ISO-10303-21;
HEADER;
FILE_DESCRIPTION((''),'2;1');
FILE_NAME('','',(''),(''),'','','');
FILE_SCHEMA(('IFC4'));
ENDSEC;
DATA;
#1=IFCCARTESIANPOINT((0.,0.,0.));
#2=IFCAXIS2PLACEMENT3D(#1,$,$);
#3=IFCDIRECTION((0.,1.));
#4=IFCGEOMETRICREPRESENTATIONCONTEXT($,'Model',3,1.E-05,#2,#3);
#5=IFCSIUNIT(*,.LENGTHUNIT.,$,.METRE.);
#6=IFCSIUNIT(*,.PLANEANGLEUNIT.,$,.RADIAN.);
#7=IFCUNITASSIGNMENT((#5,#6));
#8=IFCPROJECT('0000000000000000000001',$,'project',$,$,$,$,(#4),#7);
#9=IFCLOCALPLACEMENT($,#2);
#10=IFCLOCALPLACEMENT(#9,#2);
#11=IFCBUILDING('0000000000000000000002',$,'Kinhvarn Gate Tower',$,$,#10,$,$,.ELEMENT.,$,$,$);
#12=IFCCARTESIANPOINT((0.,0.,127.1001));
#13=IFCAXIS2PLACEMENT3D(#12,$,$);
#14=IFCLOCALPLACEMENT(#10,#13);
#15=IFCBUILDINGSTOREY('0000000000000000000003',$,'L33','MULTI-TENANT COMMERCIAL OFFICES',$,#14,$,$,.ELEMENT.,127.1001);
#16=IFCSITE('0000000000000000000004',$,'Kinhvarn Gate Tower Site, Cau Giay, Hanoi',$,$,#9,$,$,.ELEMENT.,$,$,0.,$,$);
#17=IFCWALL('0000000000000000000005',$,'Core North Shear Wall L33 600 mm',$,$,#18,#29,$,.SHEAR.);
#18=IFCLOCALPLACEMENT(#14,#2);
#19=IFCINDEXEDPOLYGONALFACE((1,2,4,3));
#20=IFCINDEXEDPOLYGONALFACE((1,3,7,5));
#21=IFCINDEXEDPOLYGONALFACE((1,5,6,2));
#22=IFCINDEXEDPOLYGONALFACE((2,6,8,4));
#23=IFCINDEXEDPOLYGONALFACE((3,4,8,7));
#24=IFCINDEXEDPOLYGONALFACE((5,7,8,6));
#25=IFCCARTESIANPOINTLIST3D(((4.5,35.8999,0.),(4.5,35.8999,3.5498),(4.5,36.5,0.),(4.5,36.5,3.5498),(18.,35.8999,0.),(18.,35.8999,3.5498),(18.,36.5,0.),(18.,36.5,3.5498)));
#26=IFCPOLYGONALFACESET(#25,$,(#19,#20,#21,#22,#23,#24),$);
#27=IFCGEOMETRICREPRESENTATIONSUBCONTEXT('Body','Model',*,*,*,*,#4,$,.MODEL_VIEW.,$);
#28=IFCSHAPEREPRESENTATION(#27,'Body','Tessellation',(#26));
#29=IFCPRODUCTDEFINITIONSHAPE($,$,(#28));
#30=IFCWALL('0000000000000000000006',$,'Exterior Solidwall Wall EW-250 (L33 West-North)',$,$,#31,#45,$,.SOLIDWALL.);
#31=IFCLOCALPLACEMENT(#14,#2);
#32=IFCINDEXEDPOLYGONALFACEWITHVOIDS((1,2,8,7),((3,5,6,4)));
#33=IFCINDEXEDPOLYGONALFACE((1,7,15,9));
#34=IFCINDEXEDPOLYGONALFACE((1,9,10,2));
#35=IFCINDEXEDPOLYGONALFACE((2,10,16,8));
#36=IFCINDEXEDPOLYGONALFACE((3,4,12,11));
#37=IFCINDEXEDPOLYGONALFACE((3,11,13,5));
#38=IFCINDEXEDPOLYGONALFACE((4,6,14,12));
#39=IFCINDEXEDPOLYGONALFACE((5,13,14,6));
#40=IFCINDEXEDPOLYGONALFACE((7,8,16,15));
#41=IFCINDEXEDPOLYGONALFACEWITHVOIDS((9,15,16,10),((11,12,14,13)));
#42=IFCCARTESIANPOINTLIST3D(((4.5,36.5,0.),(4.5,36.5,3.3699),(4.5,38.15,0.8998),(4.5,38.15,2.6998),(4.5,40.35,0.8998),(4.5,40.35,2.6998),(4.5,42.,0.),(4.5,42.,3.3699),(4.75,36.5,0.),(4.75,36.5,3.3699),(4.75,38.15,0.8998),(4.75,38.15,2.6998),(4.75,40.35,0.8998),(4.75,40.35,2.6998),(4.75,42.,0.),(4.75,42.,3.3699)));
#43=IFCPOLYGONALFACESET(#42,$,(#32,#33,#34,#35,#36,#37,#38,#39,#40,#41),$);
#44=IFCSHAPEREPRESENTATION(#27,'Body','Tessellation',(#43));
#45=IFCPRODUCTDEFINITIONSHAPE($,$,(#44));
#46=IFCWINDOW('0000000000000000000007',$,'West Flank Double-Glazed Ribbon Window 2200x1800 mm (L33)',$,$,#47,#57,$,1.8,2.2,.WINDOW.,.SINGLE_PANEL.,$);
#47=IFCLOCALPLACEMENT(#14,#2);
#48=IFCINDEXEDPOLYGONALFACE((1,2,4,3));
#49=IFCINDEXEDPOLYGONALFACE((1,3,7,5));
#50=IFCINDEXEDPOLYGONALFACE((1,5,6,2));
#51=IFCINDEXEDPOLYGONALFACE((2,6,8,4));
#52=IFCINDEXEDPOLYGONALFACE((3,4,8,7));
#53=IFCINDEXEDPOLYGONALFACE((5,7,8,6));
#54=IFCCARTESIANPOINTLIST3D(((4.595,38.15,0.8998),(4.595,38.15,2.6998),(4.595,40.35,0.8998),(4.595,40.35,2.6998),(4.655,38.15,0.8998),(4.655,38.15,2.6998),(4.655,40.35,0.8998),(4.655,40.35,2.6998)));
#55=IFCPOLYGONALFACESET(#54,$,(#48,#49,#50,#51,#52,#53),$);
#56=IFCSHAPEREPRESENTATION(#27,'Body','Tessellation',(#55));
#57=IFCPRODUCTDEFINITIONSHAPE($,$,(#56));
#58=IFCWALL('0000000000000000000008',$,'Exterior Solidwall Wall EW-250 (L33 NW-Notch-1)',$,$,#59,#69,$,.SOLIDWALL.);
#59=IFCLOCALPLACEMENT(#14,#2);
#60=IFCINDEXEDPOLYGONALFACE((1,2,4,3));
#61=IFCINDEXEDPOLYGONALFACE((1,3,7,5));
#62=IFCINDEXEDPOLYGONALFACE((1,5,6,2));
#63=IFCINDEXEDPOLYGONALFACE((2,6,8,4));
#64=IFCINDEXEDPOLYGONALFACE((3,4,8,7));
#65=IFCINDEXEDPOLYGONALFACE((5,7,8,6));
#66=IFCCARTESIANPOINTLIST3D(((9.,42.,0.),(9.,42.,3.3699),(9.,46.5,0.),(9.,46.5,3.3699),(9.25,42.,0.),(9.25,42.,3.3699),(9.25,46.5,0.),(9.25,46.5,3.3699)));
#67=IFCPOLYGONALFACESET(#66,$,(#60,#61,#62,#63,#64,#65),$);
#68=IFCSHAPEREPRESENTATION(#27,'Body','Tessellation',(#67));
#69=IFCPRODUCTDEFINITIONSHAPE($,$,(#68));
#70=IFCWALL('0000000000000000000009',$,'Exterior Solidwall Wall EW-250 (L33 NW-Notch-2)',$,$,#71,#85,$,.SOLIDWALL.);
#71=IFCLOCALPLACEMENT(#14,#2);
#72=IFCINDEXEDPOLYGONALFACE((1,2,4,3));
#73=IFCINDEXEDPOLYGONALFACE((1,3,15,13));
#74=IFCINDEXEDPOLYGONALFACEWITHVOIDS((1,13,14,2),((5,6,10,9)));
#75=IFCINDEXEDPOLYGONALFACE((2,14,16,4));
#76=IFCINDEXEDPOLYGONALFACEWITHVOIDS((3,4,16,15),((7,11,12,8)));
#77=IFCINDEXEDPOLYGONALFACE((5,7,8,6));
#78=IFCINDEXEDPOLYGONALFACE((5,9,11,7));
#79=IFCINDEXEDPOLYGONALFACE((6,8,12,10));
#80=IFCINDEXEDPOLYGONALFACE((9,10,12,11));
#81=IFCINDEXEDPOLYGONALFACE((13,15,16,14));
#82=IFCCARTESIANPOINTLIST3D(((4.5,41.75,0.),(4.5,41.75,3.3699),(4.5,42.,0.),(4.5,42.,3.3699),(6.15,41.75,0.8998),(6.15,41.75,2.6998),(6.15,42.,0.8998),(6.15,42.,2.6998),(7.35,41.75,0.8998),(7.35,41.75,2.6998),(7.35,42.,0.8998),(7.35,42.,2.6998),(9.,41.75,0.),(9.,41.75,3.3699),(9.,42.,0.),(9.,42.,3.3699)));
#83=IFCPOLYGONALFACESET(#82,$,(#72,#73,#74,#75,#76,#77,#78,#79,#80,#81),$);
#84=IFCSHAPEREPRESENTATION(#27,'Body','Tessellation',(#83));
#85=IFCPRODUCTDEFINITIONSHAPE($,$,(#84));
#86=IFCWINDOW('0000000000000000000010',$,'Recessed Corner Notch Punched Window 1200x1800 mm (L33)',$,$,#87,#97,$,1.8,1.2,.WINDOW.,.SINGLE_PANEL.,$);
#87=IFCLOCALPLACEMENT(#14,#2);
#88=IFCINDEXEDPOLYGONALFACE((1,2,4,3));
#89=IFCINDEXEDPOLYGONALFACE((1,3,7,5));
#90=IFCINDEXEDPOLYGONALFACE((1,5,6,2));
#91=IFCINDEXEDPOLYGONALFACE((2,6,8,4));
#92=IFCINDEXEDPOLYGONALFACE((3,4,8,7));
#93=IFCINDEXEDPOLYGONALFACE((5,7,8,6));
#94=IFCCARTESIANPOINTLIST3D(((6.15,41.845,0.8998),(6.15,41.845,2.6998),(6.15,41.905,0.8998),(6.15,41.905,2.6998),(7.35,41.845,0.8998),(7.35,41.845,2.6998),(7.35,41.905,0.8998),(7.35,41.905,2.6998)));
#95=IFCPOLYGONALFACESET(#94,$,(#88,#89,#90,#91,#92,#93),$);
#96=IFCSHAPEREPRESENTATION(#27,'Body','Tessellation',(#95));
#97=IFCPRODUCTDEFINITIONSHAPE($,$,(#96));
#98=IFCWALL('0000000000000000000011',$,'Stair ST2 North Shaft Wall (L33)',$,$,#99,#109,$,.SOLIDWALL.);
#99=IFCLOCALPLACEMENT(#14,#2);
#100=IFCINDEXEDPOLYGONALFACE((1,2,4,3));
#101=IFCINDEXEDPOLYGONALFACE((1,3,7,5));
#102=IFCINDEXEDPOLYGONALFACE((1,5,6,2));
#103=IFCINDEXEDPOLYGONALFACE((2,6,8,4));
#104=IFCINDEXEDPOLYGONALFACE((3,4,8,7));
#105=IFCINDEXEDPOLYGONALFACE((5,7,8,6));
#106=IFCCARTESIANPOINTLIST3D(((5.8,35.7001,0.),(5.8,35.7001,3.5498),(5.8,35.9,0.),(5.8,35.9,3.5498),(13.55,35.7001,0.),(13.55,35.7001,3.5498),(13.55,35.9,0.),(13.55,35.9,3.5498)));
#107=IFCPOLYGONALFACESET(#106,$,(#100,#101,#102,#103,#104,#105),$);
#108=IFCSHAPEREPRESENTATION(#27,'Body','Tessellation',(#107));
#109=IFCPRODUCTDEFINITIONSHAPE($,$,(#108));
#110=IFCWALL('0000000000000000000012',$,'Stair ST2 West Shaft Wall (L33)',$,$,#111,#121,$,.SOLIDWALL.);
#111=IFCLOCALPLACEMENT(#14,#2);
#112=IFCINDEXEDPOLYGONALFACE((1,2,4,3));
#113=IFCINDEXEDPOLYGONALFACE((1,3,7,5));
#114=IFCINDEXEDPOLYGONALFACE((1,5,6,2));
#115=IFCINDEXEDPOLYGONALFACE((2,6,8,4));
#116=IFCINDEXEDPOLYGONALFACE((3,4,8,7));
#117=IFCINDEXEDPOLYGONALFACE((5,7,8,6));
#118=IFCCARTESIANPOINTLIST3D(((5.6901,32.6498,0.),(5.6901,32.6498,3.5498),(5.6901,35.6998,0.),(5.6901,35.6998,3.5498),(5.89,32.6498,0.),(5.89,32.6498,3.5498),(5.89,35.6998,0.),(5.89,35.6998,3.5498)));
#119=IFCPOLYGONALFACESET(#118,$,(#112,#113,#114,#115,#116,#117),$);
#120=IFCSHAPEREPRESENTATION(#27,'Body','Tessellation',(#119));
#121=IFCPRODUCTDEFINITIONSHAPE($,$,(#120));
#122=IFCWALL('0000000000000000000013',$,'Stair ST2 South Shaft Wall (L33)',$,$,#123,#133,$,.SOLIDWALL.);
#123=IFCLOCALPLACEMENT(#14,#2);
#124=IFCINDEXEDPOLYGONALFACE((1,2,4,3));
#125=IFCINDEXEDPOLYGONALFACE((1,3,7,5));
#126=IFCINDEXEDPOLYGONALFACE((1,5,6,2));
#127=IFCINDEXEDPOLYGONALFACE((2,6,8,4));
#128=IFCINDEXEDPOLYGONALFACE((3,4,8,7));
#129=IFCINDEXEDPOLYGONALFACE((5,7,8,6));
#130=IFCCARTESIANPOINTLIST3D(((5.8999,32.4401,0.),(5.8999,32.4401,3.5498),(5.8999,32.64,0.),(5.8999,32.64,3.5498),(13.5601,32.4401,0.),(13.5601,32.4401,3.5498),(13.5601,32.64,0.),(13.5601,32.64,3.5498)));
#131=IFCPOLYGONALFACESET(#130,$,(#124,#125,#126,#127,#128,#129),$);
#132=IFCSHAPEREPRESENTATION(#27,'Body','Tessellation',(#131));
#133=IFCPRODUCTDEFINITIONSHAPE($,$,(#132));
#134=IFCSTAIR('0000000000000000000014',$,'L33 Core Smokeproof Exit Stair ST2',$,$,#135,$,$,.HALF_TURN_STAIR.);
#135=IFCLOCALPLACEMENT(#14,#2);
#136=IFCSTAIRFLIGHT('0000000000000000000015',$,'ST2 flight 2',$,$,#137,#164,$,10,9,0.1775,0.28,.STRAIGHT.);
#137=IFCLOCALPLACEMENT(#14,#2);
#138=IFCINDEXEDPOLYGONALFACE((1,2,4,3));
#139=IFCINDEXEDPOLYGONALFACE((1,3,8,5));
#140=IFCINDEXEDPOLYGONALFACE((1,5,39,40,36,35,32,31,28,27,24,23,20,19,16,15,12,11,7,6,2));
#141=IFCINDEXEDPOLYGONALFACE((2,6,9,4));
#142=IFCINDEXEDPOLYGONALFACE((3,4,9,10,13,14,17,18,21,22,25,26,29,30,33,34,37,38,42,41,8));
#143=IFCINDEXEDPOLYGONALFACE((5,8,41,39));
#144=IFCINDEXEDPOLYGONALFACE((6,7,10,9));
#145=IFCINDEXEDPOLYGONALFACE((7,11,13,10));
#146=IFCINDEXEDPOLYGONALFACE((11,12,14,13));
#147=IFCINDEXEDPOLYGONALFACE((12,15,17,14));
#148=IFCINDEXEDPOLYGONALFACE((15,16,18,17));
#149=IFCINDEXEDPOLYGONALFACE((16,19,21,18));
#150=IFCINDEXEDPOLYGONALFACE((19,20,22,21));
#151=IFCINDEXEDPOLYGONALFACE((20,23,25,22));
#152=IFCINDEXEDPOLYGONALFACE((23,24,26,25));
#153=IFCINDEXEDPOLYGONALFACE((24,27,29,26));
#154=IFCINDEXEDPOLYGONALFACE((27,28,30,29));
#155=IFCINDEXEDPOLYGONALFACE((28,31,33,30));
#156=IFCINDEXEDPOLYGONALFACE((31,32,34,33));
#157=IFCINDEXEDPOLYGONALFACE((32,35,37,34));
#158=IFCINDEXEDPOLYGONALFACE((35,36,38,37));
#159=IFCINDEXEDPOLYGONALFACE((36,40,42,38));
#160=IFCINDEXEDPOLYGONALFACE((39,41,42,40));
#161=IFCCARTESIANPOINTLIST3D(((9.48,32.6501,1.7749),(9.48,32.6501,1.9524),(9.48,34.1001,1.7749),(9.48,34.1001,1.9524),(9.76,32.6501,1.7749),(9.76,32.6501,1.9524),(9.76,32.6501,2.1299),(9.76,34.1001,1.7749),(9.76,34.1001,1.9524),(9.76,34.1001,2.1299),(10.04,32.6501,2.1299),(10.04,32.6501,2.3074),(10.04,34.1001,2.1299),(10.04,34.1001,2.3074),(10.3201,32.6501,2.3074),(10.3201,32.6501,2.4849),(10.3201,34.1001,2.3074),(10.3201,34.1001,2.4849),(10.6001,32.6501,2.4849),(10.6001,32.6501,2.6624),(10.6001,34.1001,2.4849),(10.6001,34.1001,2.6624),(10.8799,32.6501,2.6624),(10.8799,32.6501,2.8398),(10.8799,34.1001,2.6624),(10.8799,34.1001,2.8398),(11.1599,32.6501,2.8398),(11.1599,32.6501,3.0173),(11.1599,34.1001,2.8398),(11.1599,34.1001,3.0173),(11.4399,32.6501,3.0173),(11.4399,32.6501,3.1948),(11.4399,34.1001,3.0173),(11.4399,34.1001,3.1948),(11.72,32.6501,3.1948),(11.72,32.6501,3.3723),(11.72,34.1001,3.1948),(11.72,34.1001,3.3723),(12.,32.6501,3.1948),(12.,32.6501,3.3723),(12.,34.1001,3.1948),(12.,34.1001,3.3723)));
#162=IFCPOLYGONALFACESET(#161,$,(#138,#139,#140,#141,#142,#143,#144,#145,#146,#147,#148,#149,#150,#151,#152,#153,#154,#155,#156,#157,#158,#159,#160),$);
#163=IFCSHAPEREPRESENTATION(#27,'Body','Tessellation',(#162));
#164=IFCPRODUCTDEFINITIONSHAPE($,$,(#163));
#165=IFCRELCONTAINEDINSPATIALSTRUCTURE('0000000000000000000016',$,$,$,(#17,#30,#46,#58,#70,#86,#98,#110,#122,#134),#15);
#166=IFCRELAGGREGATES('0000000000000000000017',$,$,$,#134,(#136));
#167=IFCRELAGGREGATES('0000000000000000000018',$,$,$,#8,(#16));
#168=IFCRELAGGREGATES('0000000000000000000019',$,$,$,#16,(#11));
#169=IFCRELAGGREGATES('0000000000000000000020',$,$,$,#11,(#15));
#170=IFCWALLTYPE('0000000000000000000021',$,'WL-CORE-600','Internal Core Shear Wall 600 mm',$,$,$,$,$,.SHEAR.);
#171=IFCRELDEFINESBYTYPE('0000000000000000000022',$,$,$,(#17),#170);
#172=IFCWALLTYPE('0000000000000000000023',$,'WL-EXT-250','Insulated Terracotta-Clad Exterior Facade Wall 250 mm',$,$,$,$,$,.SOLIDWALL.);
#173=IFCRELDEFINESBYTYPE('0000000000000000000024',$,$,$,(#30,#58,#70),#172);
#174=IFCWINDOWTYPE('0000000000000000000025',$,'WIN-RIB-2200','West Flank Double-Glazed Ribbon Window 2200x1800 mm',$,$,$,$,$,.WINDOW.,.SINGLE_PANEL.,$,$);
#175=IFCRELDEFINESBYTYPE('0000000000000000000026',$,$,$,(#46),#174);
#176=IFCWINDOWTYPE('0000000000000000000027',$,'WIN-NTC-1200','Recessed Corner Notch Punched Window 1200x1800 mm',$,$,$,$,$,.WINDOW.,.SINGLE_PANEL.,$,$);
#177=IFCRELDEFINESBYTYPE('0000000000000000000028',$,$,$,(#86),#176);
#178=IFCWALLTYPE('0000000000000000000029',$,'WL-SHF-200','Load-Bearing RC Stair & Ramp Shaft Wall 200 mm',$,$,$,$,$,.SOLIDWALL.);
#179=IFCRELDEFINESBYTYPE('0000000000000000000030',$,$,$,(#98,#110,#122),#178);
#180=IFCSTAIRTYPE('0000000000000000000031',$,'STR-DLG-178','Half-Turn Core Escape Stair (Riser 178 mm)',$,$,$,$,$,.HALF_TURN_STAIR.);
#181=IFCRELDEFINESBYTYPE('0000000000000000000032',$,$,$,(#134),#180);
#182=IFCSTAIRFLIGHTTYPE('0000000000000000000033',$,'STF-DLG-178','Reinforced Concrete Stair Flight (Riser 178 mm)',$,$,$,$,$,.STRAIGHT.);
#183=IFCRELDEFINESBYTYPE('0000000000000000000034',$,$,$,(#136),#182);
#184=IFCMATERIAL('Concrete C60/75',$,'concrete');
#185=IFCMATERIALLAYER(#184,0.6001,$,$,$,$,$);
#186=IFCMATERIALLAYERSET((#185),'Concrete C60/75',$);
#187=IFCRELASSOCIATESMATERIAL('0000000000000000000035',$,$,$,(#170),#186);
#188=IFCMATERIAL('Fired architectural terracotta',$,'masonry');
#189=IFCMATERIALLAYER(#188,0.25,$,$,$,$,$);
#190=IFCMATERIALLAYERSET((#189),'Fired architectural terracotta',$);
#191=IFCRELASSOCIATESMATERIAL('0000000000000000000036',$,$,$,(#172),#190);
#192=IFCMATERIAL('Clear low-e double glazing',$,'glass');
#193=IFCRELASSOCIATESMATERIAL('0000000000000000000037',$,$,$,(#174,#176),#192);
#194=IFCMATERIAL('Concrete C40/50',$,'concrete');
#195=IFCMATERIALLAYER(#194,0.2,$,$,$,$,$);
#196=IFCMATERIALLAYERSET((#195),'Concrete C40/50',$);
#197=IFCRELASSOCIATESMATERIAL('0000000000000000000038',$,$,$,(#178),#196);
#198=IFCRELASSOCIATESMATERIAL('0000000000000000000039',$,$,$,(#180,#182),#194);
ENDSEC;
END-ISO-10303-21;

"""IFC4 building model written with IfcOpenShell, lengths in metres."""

from ifc_helpers import new_model, si_unit, direction, frame, frame_2d, origin, place, context, subcontext, project, spatial, polyline, rectangle, outline, extrude, material, layer, layer_set, type_object, element, fill, aggregate, save


model = new_model("IFC4")

# Units and contexts
model_context = context("Model", 3, precision=1e-05, world=origin(), true_north=direction((0.0, 1.0)))
body_context = subcontext(model_context, "Body", "Model", "MODEL_VIEW")
ifc_project = project(units=[si_unit("LENGTHUNIT", "METRE"), si_unit("PLANEANGLEUNIT", "RADIAN")], contexts=[model_context])

# Site, building, storey
site_placement = place(None, origin())
site = spatial("IfcSite", under=ifc_project, at=site_placement, Name="Kinhvarn Gate Tower Site, Cau Giay, Hanoi", CompositionType="ELEMENT", RefElevation=0.0)
building_placement = place(site_placement, origin())
building = spatial("IfcBuilding", under=site, at=building_placement, Name="Kinhvarn Gate Tower", CompositionType="ELEMENT")
storey_placement = place(building_placement, frame((0.0, 0.0, 127.1001)))
storey = spatial("IfcBuildingStorey", under=building, at=storey_placement, Name="L33", Description="MULTI-TENANT COMMERCIAL OFFICES", CompositionType="ELEMENT", Elevation=127.1001)

# Shared definitions
ifc_material_1 = material(Name="Concrete C60/75", Category="concrete")

# Shared definitions
ifc_material_2 = material(Name="Clear low-e double glazing", Category="glass")

# Wall
ifc_layer_1 = layer(ifc_material_1, 0.6001)
ifc_layer_set_1 = layer_set([ifc_layer_1], Name="Concrete C60/75")
wall_type_1 = type_object("IfcWallType", Name="WL-CORE-600", Description="Internal Core Shear Wall 600 mm", PredefinedType="SHEAR", material=ifc_layer_set_1)
wall_1_placement = place(storey_placement, frame((4.5, 36.2, 0.0), z_axis=(0.0, 0.0, 1.0), x_axis=(1.0, 0.0, 0.0)))
element("IfcWall", 1, at=wall_1_placement, inside=storey, type_object=wall_type_1, Name="Core North Shear Wall L33 600 mm", PredefinedType="SHEAR", context=body_context, shape_type="SweptSolid", body=[
    extrude(rectangle(XDim=13.5, YDim=0.6001, at=frame_2d((6.75, 0.0))), origin(), (0.0, 0.0, 1.0), 3.5498),
])

# Wall, opening, window
ifc_material_3 = material(Name="Fired architectural terracotta", Category="masonry")
ifc_layer_2 = layer(ifc_material_3, 0.25)
ifc_layer_set_2 = layer_set([ifc_layer_2], Name="Fired architectural terracotta")
wall_type_2 = type_object("IfcWallType", Name="WL-EXT-250", Description="Insulated Terracotta-Clad Exterior Facade Wall 250 mm", PredefinedType="SOLIDWALL", material=ifc_layer_set_2)
wall_2_placement = place(storey_placement, frame((4.625, 42.0, 0.0), z_axis=(0.0, 0.0, 1.0), x_axis=(0.0, -1.0, 0.0)))
wall_2 = element("IfcWall", 2, at=wall_2_placement, inside=storey, type_object=wall_type_2, Name="Exterior Solidwall Wall EW-250 (L33 West-North)", PredefinedType="SOLIDWALL", context=body_context, shape_type="SweptSolid", body=[
    extrude(rectangle(XDim=5.5, YDim=0.25, at=frame_2d((2.75, 0.0))), origin(), (0.0, 0.0, 1.0), 3.3699),
])
opening_1_placement = place(wall_2_placement, frame((1.6499, 0.0, 0.8999)))
opening_1 = element("IfcOpeningElement", 3, at=opening_1_placement, cuts=wall_2, PredefinedType="OPENING", context=body_context, shape_type="SweptSolid", body=[
    extrude(rectangle(XDim=2.2, YDim=1.8, at=frame_2d((1.1001, 0.8999))), frame((0.0, 0.135, 0.0), z_axis=(0.0, -1.0, 0.0), x_axis=(1.0, 0.0, 0.0)), (0.0, 0.0, 1.0), 0.27),
])
window_type_1 = type_object("IfcWindowType", Name="WIN-RIB-2200", Description="West Flank Double-Glazed Ribbon Window 2200x1800 mm", PartitioningType="SINGLE_PANEL", PredefinedType="WINDOW", material=ifc_material_2)
window_1_placement = place(opening_1_placement, origin())
window_1 = element("IfcWindow", 4, at=window_1_placement, inside=storey, type_object=window_type_1, Name="West Flank Double-Glazed Ribbon Window 2200x1800 mm (L33)", OverallHeight=1.8, OverallWidth=2.2, PartitioningType="SINGLE_PANEL", PredefinedType="WINDOW", context=body_context, shape_type="SweptSolid", body=[
    extrude(rectangle(XDim=2.2, YDim=1.8, at=frame_2d((1.1001, 0.8999))), frame((0.0, 0.03, 0.0), z_axis=(0.0, -1.0, 0.0), x_axis=(1.0, 0.0, 0.0)), (0.0, 0.0, 1.0), 0.0601),
])
fill(opening_1, window_1)

# Wall
wall_3_placement = place(storey_placement, frame((9.125, 46.5, 0.0), z_axis=(0.0, 0.0, 1.0), x_axis=(0.0, -1.0, 0.0)))
element("IfcWall", 5, at=wall_3_placement, inside=storey, type_object=wall_type_2, Name="Exterior Solidwall Wall EW-250 (L33 NW-Notch-1)", PredefinedType="SOLIDWALL", context=body_context, shape_type="SweptSolid", body=[
    extrude(rectangle(XDim=4.5, YDim=0.25, at=frame_2d((2.25, 0.0))), origin(), (0.0, 0.0, 1.0), 3.3699),
])

# Wall, opening, window
wall_4_placement = place(storey_placement, frame((9.0, 41.875, 0.0), z_axis=(0.0, 0.0, 1.0), x_axis=(-1.0, 0.0, 0.0)))
wall_4 = element("IfcWall", 6, at=wall_4_placement, inside=storey, type_object=wall_type_2, Name="Exterior Solidwall Wall EW-250 (L33 NW-Notch-2)", PredefinedType="SOLIDWALL", context=body_context, shape_type="SweptSolid", body=[
    extrude(rectangle(XDim=4.5, YDim=0.25, at=frame_2d((2.25, 0.0))), origin(), (0.0, 0.0, 1.0), 3.3699),
])
opening_2_placement = place(wall_4_placement, frame((1.6499, 0.0, 0.8999)))
opening_2 = element("IfcOpeningElement", 7, at=opening_2_placement, cuts=wall_4, PredefinedType="OPENING", context=body_context, shape_type="SweptSolid", body=[
    extrude(rectangle(XDim=1.2, YDim=1.8, at=frame_2d((0.6001, 0.8999))), frame((0.0, 0.135, 0.0), z_axis=(0.0, -1.0, 0.0), x_axis=(1.0, 0.0, 0.0)), (0.0, 0.0, 1.0), 0.27),
])
window_type_2 = type_object("IfcWindowType", Name="WIN-NTC-1200", Description="Recessed Corner Notch Punched Window 1200x1800 mm", PartitioningType="SINGLE_PANEL", PredefinedType="WINDOW", material=ifc_material_2)
window_2_placement = place(opening_2_placement, origin())
window_2 = element("IfcWindow", 8, at=window_2_placement, inside=storey, type_object=window_type_2, Name="Recessed Corner Notch Punched Window 1200x1800 mm (L33)", OverallHeight=1.8, OverallWidth=1.2, PartitioningType="SINGLE_PANEL", PredefinedType="WINDOW", context=body_context, shape_type="SweptSolid", body=[
    extrude(rectangle(XDim=1.2, YDim=1.8, at=frame_2d((0.6001, 0.8999))), frame((0.0, 0.03, 0.0), z_axis=(0.0, -1.0, 0.0), x_axis=(1.0, 0.0, 0.0)), (0.0, 0.0, 1.0), 0.0601),
])
fill(opening_2, window_2)

# Walls
ifc_material_4 = material(Name="Concrete C40/50", Category="concrete")
ifc_layer_3 = layer(ifc_material_4, 0.2)
ifc_layer_set_3 = layer_set([ifc_layer_3], Name="Concrete C40/50")
wall_type_3 = type_object("IfcWallType", Name="WL-SHF-200", Description="Load-Bearing RC Stair & Ramp Shaft Wall 200 mm", PredefinedType="SOLIDWALL", material=ifc_layer_set_3)
wall_5_placement = place(storey_placement, frame((5.8, 35.8, 0.0), z_axis=(0.0, 0.0, 1.0), x_axis=(1.0, 0.0, 0.0)))
element("IfcWall", 9, at=wall_5_placement, inside=storey, type_object=wall_type_3, Name="Stair ST2 North Shaft Wall (L33)", PredefinedType="SOLIDWALL", context=body_context, shape_type="SweptSolid", body=[
    extrude(rectangle(XDim=7.75, YDim=0.2, at=frame_2d((3.875, 0.0))), origin(), (0.0, 0.0, 1.0), 3.5498),
])
wall_6_placement = place(storey_placement, frame((5.79, 32.6499, 0.0), z_axis=(0.0, 0.0, 1.0), x_axis=(0.0, 1.0, 0.0)))
element("IfcWall", 10, at=wall_6_placement, inside=storey, type_object=wall_type_3, Name="Stair ST2 West Shaft Wall (L33)", PredefinedType="SOLIDWALL", context=body_context, shape_type="SweptSolid", body=[
    extrude(rectangle(XDim=3.05, YDim=0.2, at=frame_2d((1.5249, 0.0))), origin(), (0.0, 0.0, 1.0), 3.5498),
])
wall_7_placement = place(storey_placement, frame((5.8999, 32.54, 0.0), z_axis=(0.0, 0.0, 1.0), x_axis=(1.0, 0.0, 0.0)))
element("IfcWall", 11, at=wall_7_placement, inside=storey, type_object=wall_type_3, Name="Stair ST2 South Shaft Wall (L33)", PredefinedType="SOLIDWALL", context=body_context, shape_type="SweptSolid", body=[
    extrude(rectangle(XDim=7.6602, YDim=0.2, at=frame_2d((3.8301, 0.0))), origin(), (0.0, 0.0, 1.0), 3.5498),
])

# Stair, stair flight
stair_type = type_object("IfcStairType", Name="STR-DLG-178", Description="Half-Turn Core Escape Stair (Riser 178 mm)", PredefinedType="HALF_TURN_STAIR", material=ifc_material_4)
stair_placement = place(storey_placement, origin())
stair = element("IfcStair", 12, at=stair_placement, inside=storey, type_object=stair_type, Name="L33 Core Smokeproof Exit Stair ST2", PredefinedType="HALF_TURN_STAIR")
stair_flight_type = type_object("IfcStairFlightType", Name="STF-DLG-178", Description="Reinforced Concrete Stair Flight (Riser 178 mm)", PredefinedType="STRAIGHT", material=ifc_material_4)
stair_flight_placement = place(storey_placement, frame((9.48, 33.375, 1.7749), z_axis=(0.0, 0.0, 1.0), x_axis=(1.0, 0.0, 0.0)))
stair_flight = element("IfcStairFlight", 13, at=stair_flight_placement, type_object=stair_flight_type, Name="ST2 flight 2", NumberOfRisers=10, NumberOfTreads=9, PredefinedType="STRAIGHT", RiserHeight=0.1775, TreadLength=0.28, context=body_context, shape_type="SweptSolid", body=[
    extrude(outline(polyline([(0.0, 0.0), (0.0, 0.1775), (0.28, 0.1775), (0.28, 0.355), (0.5601, 0.355), (0.5601, 0.5325), (0.8401, 0.5325), (0.8401, 0.71), (1.1201, 0.71), (1.1201, 0.8875), (1.3999, 0.8875), (1.3999, 1.0649), (1.6799, 1.0649), (1.6799, 1.2424), (1.96, 1.2424), (1.96, 1.4199), (2.24, 1.4199), (2.24, 1.5974), (2.52, 1.5974), (2.52, 1.7749), (2.52, 1.4199), (0.28, 0.0), (0.0, 0.0)])), frame((0.0, 0.7251, 0.0), z_axis=(0.0, -1.0, 0.0), x_axis=(1.0, 0.0, 0.0)), (0.0, 0.0, 1.0), 1.45),
])
aggregate(stair, [stair_flight])

save(model, "model.ifc")
